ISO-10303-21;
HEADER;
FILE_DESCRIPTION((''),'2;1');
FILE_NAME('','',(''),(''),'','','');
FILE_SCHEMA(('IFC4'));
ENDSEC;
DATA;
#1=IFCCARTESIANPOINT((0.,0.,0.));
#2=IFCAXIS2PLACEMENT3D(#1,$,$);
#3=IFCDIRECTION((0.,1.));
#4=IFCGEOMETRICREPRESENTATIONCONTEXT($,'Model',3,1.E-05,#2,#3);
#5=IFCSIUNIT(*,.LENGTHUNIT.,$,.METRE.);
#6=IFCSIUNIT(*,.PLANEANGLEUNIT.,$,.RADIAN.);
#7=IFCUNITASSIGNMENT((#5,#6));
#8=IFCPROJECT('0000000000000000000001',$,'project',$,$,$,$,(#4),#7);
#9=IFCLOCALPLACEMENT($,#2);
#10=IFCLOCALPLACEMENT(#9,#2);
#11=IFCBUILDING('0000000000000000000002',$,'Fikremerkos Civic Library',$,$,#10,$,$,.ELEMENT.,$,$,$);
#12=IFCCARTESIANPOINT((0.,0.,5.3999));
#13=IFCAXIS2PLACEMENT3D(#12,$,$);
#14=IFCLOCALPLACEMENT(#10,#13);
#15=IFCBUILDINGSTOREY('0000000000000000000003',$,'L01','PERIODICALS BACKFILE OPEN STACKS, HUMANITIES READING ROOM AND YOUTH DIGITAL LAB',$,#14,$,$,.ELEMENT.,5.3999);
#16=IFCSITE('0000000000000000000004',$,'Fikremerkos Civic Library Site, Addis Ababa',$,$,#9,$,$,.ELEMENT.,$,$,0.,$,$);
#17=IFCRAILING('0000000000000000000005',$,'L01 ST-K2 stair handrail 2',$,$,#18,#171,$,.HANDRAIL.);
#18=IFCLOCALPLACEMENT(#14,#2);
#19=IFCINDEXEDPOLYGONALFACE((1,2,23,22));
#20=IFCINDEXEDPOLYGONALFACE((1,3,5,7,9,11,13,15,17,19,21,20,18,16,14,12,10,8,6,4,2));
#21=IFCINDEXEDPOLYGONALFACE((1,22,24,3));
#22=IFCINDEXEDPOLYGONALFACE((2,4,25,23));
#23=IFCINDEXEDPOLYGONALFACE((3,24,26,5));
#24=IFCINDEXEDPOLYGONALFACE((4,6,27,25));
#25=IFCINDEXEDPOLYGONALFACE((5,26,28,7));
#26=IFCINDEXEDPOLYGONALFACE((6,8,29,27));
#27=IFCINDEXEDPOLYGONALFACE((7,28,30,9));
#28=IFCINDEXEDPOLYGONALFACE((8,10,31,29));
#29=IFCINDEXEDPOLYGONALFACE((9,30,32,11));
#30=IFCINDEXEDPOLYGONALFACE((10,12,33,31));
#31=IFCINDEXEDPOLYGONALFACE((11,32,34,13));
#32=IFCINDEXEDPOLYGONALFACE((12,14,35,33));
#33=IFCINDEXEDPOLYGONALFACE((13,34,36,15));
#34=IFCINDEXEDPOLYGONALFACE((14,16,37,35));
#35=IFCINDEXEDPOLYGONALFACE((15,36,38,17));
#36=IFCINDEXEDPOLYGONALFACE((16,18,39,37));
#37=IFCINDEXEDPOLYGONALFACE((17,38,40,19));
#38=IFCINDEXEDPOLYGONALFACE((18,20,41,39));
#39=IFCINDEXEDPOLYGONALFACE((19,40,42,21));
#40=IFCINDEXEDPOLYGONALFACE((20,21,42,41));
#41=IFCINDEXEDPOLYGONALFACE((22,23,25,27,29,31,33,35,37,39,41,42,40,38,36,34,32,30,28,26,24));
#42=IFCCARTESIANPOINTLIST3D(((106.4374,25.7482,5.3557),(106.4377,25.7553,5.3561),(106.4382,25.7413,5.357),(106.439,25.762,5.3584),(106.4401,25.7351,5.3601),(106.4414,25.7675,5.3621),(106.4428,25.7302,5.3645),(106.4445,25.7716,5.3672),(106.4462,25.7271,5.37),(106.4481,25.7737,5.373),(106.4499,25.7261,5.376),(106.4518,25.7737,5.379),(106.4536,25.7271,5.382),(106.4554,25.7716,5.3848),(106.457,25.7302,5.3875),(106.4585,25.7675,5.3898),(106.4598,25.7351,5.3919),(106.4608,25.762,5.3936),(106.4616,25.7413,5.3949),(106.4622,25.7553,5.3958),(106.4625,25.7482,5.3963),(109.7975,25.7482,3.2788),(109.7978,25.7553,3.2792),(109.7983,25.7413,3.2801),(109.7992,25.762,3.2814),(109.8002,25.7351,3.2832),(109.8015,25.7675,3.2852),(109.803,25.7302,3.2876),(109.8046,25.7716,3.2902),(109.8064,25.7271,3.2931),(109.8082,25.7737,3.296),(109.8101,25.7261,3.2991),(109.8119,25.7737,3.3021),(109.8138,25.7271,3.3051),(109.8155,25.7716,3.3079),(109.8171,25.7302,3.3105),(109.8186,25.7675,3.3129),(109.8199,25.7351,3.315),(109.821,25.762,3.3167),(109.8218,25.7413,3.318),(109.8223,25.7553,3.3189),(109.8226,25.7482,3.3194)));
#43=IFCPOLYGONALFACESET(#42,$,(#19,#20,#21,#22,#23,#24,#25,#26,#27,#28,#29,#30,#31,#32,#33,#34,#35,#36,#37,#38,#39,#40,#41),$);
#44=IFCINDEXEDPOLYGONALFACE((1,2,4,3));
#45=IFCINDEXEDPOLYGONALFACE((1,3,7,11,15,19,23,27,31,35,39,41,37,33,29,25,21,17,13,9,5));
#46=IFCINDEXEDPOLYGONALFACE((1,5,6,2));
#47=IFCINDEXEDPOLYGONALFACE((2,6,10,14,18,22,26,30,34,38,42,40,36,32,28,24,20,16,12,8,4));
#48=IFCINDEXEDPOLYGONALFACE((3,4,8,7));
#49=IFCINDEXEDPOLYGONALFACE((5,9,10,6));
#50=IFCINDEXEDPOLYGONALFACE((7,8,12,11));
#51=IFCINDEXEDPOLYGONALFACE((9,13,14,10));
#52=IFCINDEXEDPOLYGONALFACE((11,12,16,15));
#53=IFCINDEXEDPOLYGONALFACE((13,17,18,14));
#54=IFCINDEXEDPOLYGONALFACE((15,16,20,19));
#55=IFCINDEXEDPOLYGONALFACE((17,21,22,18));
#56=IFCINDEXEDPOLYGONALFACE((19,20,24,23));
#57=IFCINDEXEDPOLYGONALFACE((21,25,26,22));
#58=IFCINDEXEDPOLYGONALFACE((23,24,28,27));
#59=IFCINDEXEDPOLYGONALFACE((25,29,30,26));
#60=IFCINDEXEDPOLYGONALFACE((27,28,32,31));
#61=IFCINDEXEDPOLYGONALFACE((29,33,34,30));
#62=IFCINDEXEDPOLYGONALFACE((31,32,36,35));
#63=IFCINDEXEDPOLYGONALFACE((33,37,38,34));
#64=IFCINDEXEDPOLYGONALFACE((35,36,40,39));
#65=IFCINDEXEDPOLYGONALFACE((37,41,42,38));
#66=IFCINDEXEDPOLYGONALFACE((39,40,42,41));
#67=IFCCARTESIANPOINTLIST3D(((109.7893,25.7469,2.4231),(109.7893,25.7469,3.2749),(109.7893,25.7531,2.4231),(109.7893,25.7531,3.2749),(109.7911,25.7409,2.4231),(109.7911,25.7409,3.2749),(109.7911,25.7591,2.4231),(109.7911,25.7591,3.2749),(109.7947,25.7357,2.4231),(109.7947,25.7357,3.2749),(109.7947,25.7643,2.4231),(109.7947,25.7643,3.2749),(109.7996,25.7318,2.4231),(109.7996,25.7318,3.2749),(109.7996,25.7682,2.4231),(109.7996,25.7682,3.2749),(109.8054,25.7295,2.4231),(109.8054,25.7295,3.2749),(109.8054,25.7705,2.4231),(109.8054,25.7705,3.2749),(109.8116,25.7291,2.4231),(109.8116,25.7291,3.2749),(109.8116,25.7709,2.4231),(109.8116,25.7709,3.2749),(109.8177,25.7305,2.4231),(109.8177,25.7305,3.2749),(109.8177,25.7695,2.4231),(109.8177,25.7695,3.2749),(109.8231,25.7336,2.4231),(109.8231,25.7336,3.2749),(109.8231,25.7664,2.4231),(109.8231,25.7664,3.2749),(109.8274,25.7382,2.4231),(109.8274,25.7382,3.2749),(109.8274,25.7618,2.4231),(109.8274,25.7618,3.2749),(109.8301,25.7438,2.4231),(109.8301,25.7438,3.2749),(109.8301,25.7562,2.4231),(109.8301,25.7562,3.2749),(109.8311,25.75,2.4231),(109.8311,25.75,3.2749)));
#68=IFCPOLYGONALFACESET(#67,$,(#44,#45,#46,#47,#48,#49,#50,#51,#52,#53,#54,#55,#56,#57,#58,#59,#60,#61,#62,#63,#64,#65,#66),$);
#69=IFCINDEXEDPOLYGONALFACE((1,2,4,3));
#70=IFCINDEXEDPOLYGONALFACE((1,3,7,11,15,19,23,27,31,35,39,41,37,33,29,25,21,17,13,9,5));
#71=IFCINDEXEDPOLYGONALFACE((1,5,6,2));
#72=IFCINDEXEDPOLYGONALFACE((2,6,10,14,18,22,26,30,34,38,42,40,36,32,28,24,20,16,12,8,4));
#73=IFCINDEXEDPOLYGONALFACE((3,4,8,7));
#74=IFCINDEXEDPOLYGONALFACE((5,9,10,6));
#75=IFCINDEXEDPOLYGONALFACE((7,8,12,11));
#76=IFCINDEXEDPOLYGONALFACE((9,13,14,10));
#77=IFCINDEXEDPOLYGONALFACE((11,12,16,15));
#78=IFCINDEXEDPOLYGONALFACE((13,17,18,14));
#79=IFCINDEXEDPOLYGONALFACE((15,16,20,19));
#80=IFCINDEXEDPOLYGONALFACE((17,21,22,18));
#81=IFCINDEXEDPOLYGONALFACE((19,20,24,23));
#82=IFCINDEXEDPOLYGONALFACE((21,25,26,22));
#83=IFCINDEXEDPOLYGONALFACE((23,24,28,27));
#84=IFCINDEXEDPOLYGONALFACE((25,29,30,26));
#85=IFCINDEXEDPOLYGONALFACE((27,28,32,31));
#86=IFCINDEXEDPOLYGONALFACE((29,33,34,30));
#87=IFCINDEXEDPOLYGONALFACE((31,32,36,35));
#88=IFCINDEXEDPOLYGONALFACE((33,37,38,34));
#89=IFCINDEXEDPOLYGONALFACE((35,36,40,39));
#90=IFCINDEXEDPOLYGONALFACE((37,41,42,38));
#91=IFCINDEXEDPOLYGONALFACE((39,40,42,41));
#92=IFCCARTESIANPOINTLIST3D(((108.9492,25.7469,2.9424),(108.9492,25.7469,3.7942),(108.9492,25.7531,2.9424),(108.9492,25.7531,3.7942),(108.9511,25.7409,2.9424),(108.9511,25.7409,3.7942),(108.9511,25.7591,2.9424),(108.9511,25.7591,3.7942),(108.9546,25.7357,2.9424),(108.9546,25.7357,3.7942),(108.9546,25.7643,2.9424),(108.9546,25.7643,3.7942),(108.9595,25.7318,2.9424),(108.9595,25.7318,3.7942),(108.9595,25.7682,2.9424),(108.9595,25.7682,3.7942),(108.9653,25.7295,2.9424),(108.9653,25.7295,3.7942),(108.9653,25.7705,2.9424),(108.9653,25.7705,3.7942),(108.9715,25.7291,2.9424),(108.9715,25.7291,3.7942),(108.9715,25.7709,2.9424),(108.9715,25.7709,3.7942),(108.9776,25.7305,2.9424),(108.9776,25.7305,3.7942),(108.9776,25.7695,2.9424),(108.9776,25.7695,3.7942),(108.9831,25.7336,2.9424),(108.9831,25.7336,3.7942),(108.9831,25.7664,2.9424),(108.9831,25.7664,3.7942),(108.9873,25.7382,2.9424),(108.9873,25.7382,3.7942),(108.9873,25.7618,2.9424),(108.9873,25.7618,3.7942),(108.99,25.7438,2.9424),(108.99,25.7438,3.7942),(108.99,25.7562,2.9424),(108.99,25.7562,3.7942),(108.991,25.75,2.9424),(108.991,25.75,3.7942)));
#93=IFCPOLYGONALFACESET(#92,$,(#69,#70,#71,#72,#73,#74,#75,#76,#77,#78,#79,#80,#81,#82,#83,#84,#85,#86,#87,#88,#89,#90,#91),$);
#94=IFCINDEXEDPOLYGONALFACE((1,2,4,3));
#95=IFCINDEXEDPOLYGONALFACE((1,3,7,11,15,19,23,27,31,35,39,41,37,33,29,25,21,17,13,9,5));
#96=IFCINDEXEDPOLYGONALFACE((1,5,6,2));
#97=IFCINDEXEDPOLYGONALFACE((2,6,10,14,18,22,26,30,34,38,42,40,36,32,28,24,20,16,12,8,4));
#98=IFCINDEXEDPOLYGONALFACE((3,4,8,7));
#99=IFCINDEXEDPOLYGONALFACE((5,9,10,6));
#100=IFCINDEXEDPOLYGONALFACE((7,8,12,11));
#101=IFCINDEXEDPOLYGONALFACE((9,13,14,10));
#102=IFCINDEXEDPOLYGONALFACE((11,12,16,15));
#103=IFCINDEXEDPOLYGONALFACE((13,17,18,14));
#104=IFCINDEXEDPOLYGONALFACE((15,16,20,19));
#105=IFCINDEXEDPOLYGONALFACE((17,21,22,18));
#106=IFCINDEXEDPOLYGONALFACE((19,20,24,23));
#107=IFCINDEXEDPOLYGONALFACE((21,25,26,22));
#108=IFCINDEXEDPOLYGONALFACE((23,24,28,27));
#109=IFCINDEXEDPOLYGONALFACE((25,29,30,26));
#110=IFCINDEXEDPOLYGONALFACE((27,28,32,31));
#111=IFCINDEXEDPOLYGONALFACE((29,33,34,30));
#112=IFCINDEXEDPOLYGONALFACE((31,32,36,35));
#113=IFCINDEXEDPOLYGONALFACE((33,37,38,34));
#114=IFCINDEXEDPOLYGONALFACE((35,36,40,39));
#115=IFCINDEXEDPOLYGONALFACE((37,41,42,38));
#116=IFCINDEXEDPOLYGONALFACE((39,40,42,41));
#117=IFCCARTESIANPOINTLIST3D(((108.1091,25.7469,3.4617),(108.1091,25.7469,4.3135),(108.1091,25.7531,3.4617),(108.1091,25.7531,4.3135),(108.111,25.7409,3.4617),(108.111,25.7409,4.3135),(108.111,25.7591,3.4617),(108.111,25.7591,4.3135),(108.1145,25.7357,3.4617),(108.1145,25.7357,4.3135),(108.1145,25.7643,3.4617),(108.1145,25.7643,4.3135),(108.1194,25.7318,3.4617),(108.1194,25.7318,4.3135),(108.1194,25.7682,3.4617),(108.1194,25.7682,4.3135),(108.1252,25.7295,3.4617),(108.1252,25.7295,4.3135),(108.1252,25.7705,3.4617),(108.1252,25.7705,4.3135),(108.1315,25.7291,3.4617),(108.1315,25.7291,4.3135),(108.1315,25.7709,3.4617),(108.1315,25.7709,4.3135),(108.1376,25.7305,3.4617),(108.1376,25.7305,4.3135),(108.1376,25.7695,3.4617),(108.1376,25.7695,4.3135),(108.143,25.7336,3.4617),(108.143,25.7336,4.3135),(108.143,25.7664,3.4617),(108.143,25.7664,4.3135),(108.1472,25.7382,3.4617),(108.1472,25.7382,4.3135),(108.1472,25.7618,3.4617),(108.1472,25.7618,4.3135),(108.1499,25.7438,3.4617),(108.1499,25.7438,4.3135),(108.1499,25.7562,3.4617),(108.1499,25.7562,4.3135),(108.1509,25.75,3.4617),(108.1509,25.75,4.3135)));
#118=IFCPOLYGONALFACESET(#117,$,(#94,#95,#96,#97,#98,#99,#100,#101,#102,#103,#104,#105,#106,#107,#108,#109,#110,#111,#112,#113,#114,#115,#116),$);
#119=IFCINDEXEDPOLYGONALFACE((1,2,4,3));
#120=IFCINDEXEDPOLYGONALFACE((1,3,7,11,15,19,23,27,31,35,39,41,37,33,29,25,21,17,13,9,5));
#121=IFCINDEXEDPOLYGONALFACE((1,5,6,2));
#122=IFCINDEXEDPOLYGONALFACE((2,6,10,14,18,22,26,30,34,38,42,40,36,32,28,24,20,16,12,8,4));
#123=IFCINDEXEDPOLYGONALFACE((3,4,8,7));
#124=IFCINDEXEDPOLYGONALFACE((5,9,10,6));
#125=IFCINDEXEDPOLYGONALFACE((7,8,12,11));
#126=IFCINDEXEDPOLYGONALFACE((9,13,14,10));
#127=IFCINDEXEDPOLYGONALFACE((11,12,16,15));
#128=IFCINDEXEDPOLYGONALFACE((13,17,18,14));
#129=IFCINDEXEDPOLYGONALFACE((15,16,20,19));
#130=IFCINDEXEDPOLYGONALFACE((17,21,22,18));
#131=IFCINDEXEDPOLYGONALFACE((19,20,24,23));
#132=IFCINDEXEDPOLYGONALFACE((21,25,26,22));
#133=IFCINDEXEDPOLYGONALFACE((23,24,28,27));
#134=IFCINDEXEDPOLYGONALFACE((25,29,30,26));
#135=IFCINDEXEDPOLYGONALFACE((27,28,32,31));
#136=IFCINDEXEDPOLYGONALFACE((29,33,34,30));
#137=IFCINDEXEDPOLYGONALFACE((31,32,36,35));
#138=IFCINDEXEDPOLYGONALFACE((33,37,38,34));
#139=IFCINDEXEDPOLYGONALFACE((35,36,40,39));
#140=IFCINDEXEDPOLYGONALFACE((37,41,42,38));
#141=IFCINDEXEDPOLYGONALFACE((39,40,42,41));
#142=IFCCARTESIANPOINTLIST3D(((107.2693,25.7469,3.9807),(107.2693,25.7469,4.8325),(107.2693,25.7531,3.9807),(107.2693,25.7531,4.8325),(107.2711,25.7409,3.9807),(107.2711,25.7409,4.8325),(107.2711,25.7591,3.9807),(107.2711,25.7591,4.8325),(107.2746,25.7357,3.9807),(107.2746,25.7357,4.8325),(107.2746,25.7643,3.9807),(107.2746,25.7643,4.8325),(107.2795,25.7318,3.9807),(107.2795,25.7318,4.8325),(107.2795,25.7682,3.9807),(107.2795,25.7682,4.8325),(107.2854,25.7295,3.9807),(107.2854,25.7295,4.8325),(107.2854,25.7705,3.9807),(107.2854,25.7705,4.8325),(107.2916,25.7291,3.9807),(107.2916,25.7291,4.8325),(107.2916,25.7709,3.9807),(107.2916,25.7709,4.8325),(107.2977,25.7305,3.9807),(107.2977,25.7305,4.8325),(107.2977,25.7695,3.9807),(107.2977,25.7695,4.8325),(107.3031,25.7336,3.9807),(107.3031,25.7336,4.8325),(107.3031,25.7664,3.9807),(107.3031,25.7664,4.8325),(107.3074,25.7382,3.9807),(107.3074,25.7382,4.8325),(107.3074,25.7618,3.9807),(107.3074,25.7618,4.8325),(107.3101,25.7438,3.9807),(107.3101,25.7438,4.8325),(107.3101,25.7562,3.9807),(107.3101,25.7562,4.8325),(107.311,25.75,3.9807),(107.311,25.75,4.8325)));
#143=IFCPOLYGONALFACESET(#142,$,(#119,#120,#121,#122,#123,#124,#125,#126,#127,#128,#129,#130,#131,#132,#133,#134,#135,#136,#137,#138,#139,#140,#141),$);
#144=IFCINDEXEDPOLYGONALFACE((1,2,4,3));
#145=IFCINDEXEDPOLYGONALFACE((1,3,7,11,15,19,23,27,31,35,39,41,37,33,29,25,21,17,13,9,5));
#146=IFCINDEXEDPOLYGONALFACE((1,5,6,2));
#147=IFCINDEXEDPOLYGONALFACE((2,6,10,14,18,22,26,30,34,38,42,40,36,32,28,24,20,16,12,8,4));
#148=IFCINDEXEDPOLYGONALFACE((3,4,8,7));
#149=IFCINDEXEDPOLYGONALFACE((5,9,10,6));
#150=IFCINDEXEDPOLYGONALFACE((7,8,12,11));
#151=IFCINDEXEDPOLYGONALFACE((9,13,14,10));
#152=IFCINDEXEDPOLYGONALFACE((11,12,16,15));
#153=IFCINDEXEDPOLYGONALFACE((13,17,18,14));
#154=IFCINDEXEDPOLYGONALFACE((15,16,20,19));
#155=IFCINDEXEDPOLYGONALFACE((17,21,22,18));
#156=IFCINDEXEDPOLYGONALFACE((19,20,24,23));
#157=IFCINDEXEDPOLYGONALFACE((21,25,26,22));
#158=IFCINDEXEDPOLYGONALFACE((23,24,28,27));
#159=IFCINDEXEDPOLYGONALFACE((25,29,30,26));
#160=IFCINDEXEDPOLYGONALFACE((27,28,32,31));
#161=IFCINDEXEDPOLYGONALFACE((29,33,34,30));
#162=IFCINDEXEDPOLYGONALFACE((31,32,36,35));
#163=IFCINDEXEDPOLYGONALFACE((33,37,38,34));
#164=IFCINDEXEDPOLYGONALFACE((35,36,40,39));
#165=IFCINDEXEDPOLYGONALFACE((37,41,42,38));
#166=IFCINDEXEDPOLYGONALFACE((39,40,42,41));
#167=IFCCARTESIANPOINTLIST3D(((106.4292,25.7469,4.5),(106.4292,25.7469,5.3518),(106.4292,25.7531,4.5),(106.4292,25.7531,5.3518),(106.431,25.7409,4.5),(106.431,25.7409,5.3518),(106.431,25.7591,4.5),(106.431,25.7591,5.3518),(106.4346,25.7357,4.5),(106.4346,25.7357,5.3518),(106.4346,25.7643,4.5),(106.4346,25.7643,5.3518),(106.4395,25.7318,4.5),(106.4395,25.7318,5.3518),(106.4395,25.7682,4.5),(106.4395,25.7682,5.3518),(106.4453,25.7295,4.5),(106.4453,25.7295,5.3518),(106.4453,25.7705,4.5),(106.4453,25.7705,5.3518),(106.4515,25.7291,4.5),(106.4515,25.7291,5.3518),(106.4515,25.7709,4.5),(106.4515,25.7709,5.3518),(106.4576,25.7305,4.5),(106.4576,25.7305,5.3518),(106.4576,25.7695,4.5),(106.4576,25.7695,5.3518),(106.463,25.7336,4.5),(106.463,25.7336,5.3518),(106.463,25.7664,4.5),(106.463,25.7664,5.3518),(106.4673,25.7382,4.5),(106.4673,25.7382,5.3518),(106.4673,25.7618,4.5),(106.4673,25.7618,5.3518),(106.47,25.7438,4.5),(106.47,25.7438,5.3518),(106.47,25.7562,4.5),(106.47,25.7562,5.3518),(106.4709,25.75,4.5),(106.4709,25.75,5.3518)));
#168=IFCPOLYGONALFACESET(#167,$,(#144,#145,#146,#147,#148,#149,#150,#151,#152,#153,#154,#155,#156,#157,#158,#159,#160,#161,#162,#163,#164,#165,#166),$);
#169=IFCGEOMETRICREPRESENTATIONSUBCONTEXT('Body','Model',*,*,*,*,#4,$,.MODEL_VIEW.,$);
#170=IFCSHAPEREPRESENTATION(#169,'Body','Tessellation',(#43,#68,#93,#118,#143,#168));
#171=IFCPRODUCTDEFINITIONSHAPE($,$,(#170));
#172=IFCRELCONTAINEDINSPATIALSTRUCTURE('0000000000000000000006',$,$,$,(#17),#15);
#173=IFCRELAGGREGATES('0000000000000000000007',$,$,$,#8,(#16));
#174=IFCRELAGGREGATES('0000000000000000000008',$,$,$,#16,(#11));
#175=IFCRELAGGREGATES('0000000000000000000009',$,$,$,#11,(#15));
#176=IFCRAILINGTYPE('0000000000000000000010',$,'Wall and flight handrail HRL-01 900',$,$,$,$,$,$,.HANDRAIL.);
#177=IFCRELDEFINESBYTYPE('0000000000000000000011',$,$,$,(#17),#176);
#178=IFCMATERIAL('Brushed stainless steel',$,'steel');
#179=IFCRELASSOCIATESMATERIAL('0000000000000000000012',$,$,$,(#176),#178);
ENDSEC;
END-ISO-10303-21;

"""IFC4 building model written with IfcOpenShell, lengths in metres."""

from ifc_helpers import new_model, si_unit, direction, frame, origin, origin_2d, place, context, subcontext, project, spatial, circle, extrude, material, type_object, element, save


model = new_model("IFC4")

# Units and contexts
model_context = context("Model", 3, precision=1e-05, world=origin(), true_north=direction((0.0, 1.0)))
body_context = subcontext(model_context, "Body", "Model", "MODEL_VIEW")
ifc_project = project(units=[si_unit("LENGTHUNIT", "METRE"), si_unit("PLANEANGLEUNIT", "RADIAN")], contexts=[model_context])

# Site, building, storey
site_placement = place(None, origin())
site = spatial("IfcSite", under=ifc_project, at=site_placement, Name="Fikremerkos Civic Library Site, Addis Ababa", CompositionType="ELEMENT", RefElevation=0.0)
building_placement = place(site_placement, origin())
building = spatial("IfcBuilding", under=site, at=building_placement, Name="Fikremerkos Civic Library", CompositionType="ELEMENT")
storey_placement = place(building_placement, frame((0.0, 0.0, 5.3999)))
storey = spatial("IfcBuildingStorey", under=building, at=storey_placement, Name="L01", Description="PERIODICALS BACKFILE OPEN STACKS, HUMANITIES READING ROOM AND YOUTH DIGITAL LAB", CompositionType="ELEMENT", Elevation=5.3999)

# Shared definitions
ifc_material_1 = material(Name="Brushed stainless steel", Category="steel")

# Railing
railing_type_1 = type_object("IfcRailingType", Name="Wall and flight handrail HRL-01 900", PredefinedType="HANDRAIL", material=ifc_material_1)
railing_1_placement = place(storey_placement, frame((109.8101, 25.75, 2.4231)))
element("IfcRailing", 1, at=railing_1_placement, inside=storey, type_object=railing_type_1, Name="L01 ST-K2 stair handrail 2", PredefinedType="HANDRAIL", context=body_context, shape_type="SweptSolid", body=[
    extrude(circle(Radius=0.0239, at=origin_2d()), frame((0.0, 0.0, 0.876), z_axis=(-0.850623, 0.0, 0.525776), x_axis=(0.0, -1.0, 0.0)), (0.0, 0.0, 1.0), 3.9502),
    extrude(circle(Radius=0.021, at=origin_2d()), origin(), (0.0, 0.0, 1.0), 0.8518),
    extrude(circle(Radius=0.021, at=origin_2d()), frame((-0.8401, 0.0, 0.5193)), (0.0, 0.0, 1.0), 0.8518),
    extrude(circle(Radius=0.021, at=origin_2d()), frame((-1.6802, 0.0, 1.0386)), (0.0, 0.0, 1.0), 0.8518),
    extrude(circle(Radius=0.021, at=origin_2d()), frame((-2.52, 0.0, 1.5576)), (0.0, 0.0, 1.0), 0.8518),
    extrude(circle(Radius=0.021, at=origin_2d()), frame((-3.3601, 0.0, 2.0769)), (0.0, 0.0, 1.0), 0.8518),
])

save(model, "model.ifc")
